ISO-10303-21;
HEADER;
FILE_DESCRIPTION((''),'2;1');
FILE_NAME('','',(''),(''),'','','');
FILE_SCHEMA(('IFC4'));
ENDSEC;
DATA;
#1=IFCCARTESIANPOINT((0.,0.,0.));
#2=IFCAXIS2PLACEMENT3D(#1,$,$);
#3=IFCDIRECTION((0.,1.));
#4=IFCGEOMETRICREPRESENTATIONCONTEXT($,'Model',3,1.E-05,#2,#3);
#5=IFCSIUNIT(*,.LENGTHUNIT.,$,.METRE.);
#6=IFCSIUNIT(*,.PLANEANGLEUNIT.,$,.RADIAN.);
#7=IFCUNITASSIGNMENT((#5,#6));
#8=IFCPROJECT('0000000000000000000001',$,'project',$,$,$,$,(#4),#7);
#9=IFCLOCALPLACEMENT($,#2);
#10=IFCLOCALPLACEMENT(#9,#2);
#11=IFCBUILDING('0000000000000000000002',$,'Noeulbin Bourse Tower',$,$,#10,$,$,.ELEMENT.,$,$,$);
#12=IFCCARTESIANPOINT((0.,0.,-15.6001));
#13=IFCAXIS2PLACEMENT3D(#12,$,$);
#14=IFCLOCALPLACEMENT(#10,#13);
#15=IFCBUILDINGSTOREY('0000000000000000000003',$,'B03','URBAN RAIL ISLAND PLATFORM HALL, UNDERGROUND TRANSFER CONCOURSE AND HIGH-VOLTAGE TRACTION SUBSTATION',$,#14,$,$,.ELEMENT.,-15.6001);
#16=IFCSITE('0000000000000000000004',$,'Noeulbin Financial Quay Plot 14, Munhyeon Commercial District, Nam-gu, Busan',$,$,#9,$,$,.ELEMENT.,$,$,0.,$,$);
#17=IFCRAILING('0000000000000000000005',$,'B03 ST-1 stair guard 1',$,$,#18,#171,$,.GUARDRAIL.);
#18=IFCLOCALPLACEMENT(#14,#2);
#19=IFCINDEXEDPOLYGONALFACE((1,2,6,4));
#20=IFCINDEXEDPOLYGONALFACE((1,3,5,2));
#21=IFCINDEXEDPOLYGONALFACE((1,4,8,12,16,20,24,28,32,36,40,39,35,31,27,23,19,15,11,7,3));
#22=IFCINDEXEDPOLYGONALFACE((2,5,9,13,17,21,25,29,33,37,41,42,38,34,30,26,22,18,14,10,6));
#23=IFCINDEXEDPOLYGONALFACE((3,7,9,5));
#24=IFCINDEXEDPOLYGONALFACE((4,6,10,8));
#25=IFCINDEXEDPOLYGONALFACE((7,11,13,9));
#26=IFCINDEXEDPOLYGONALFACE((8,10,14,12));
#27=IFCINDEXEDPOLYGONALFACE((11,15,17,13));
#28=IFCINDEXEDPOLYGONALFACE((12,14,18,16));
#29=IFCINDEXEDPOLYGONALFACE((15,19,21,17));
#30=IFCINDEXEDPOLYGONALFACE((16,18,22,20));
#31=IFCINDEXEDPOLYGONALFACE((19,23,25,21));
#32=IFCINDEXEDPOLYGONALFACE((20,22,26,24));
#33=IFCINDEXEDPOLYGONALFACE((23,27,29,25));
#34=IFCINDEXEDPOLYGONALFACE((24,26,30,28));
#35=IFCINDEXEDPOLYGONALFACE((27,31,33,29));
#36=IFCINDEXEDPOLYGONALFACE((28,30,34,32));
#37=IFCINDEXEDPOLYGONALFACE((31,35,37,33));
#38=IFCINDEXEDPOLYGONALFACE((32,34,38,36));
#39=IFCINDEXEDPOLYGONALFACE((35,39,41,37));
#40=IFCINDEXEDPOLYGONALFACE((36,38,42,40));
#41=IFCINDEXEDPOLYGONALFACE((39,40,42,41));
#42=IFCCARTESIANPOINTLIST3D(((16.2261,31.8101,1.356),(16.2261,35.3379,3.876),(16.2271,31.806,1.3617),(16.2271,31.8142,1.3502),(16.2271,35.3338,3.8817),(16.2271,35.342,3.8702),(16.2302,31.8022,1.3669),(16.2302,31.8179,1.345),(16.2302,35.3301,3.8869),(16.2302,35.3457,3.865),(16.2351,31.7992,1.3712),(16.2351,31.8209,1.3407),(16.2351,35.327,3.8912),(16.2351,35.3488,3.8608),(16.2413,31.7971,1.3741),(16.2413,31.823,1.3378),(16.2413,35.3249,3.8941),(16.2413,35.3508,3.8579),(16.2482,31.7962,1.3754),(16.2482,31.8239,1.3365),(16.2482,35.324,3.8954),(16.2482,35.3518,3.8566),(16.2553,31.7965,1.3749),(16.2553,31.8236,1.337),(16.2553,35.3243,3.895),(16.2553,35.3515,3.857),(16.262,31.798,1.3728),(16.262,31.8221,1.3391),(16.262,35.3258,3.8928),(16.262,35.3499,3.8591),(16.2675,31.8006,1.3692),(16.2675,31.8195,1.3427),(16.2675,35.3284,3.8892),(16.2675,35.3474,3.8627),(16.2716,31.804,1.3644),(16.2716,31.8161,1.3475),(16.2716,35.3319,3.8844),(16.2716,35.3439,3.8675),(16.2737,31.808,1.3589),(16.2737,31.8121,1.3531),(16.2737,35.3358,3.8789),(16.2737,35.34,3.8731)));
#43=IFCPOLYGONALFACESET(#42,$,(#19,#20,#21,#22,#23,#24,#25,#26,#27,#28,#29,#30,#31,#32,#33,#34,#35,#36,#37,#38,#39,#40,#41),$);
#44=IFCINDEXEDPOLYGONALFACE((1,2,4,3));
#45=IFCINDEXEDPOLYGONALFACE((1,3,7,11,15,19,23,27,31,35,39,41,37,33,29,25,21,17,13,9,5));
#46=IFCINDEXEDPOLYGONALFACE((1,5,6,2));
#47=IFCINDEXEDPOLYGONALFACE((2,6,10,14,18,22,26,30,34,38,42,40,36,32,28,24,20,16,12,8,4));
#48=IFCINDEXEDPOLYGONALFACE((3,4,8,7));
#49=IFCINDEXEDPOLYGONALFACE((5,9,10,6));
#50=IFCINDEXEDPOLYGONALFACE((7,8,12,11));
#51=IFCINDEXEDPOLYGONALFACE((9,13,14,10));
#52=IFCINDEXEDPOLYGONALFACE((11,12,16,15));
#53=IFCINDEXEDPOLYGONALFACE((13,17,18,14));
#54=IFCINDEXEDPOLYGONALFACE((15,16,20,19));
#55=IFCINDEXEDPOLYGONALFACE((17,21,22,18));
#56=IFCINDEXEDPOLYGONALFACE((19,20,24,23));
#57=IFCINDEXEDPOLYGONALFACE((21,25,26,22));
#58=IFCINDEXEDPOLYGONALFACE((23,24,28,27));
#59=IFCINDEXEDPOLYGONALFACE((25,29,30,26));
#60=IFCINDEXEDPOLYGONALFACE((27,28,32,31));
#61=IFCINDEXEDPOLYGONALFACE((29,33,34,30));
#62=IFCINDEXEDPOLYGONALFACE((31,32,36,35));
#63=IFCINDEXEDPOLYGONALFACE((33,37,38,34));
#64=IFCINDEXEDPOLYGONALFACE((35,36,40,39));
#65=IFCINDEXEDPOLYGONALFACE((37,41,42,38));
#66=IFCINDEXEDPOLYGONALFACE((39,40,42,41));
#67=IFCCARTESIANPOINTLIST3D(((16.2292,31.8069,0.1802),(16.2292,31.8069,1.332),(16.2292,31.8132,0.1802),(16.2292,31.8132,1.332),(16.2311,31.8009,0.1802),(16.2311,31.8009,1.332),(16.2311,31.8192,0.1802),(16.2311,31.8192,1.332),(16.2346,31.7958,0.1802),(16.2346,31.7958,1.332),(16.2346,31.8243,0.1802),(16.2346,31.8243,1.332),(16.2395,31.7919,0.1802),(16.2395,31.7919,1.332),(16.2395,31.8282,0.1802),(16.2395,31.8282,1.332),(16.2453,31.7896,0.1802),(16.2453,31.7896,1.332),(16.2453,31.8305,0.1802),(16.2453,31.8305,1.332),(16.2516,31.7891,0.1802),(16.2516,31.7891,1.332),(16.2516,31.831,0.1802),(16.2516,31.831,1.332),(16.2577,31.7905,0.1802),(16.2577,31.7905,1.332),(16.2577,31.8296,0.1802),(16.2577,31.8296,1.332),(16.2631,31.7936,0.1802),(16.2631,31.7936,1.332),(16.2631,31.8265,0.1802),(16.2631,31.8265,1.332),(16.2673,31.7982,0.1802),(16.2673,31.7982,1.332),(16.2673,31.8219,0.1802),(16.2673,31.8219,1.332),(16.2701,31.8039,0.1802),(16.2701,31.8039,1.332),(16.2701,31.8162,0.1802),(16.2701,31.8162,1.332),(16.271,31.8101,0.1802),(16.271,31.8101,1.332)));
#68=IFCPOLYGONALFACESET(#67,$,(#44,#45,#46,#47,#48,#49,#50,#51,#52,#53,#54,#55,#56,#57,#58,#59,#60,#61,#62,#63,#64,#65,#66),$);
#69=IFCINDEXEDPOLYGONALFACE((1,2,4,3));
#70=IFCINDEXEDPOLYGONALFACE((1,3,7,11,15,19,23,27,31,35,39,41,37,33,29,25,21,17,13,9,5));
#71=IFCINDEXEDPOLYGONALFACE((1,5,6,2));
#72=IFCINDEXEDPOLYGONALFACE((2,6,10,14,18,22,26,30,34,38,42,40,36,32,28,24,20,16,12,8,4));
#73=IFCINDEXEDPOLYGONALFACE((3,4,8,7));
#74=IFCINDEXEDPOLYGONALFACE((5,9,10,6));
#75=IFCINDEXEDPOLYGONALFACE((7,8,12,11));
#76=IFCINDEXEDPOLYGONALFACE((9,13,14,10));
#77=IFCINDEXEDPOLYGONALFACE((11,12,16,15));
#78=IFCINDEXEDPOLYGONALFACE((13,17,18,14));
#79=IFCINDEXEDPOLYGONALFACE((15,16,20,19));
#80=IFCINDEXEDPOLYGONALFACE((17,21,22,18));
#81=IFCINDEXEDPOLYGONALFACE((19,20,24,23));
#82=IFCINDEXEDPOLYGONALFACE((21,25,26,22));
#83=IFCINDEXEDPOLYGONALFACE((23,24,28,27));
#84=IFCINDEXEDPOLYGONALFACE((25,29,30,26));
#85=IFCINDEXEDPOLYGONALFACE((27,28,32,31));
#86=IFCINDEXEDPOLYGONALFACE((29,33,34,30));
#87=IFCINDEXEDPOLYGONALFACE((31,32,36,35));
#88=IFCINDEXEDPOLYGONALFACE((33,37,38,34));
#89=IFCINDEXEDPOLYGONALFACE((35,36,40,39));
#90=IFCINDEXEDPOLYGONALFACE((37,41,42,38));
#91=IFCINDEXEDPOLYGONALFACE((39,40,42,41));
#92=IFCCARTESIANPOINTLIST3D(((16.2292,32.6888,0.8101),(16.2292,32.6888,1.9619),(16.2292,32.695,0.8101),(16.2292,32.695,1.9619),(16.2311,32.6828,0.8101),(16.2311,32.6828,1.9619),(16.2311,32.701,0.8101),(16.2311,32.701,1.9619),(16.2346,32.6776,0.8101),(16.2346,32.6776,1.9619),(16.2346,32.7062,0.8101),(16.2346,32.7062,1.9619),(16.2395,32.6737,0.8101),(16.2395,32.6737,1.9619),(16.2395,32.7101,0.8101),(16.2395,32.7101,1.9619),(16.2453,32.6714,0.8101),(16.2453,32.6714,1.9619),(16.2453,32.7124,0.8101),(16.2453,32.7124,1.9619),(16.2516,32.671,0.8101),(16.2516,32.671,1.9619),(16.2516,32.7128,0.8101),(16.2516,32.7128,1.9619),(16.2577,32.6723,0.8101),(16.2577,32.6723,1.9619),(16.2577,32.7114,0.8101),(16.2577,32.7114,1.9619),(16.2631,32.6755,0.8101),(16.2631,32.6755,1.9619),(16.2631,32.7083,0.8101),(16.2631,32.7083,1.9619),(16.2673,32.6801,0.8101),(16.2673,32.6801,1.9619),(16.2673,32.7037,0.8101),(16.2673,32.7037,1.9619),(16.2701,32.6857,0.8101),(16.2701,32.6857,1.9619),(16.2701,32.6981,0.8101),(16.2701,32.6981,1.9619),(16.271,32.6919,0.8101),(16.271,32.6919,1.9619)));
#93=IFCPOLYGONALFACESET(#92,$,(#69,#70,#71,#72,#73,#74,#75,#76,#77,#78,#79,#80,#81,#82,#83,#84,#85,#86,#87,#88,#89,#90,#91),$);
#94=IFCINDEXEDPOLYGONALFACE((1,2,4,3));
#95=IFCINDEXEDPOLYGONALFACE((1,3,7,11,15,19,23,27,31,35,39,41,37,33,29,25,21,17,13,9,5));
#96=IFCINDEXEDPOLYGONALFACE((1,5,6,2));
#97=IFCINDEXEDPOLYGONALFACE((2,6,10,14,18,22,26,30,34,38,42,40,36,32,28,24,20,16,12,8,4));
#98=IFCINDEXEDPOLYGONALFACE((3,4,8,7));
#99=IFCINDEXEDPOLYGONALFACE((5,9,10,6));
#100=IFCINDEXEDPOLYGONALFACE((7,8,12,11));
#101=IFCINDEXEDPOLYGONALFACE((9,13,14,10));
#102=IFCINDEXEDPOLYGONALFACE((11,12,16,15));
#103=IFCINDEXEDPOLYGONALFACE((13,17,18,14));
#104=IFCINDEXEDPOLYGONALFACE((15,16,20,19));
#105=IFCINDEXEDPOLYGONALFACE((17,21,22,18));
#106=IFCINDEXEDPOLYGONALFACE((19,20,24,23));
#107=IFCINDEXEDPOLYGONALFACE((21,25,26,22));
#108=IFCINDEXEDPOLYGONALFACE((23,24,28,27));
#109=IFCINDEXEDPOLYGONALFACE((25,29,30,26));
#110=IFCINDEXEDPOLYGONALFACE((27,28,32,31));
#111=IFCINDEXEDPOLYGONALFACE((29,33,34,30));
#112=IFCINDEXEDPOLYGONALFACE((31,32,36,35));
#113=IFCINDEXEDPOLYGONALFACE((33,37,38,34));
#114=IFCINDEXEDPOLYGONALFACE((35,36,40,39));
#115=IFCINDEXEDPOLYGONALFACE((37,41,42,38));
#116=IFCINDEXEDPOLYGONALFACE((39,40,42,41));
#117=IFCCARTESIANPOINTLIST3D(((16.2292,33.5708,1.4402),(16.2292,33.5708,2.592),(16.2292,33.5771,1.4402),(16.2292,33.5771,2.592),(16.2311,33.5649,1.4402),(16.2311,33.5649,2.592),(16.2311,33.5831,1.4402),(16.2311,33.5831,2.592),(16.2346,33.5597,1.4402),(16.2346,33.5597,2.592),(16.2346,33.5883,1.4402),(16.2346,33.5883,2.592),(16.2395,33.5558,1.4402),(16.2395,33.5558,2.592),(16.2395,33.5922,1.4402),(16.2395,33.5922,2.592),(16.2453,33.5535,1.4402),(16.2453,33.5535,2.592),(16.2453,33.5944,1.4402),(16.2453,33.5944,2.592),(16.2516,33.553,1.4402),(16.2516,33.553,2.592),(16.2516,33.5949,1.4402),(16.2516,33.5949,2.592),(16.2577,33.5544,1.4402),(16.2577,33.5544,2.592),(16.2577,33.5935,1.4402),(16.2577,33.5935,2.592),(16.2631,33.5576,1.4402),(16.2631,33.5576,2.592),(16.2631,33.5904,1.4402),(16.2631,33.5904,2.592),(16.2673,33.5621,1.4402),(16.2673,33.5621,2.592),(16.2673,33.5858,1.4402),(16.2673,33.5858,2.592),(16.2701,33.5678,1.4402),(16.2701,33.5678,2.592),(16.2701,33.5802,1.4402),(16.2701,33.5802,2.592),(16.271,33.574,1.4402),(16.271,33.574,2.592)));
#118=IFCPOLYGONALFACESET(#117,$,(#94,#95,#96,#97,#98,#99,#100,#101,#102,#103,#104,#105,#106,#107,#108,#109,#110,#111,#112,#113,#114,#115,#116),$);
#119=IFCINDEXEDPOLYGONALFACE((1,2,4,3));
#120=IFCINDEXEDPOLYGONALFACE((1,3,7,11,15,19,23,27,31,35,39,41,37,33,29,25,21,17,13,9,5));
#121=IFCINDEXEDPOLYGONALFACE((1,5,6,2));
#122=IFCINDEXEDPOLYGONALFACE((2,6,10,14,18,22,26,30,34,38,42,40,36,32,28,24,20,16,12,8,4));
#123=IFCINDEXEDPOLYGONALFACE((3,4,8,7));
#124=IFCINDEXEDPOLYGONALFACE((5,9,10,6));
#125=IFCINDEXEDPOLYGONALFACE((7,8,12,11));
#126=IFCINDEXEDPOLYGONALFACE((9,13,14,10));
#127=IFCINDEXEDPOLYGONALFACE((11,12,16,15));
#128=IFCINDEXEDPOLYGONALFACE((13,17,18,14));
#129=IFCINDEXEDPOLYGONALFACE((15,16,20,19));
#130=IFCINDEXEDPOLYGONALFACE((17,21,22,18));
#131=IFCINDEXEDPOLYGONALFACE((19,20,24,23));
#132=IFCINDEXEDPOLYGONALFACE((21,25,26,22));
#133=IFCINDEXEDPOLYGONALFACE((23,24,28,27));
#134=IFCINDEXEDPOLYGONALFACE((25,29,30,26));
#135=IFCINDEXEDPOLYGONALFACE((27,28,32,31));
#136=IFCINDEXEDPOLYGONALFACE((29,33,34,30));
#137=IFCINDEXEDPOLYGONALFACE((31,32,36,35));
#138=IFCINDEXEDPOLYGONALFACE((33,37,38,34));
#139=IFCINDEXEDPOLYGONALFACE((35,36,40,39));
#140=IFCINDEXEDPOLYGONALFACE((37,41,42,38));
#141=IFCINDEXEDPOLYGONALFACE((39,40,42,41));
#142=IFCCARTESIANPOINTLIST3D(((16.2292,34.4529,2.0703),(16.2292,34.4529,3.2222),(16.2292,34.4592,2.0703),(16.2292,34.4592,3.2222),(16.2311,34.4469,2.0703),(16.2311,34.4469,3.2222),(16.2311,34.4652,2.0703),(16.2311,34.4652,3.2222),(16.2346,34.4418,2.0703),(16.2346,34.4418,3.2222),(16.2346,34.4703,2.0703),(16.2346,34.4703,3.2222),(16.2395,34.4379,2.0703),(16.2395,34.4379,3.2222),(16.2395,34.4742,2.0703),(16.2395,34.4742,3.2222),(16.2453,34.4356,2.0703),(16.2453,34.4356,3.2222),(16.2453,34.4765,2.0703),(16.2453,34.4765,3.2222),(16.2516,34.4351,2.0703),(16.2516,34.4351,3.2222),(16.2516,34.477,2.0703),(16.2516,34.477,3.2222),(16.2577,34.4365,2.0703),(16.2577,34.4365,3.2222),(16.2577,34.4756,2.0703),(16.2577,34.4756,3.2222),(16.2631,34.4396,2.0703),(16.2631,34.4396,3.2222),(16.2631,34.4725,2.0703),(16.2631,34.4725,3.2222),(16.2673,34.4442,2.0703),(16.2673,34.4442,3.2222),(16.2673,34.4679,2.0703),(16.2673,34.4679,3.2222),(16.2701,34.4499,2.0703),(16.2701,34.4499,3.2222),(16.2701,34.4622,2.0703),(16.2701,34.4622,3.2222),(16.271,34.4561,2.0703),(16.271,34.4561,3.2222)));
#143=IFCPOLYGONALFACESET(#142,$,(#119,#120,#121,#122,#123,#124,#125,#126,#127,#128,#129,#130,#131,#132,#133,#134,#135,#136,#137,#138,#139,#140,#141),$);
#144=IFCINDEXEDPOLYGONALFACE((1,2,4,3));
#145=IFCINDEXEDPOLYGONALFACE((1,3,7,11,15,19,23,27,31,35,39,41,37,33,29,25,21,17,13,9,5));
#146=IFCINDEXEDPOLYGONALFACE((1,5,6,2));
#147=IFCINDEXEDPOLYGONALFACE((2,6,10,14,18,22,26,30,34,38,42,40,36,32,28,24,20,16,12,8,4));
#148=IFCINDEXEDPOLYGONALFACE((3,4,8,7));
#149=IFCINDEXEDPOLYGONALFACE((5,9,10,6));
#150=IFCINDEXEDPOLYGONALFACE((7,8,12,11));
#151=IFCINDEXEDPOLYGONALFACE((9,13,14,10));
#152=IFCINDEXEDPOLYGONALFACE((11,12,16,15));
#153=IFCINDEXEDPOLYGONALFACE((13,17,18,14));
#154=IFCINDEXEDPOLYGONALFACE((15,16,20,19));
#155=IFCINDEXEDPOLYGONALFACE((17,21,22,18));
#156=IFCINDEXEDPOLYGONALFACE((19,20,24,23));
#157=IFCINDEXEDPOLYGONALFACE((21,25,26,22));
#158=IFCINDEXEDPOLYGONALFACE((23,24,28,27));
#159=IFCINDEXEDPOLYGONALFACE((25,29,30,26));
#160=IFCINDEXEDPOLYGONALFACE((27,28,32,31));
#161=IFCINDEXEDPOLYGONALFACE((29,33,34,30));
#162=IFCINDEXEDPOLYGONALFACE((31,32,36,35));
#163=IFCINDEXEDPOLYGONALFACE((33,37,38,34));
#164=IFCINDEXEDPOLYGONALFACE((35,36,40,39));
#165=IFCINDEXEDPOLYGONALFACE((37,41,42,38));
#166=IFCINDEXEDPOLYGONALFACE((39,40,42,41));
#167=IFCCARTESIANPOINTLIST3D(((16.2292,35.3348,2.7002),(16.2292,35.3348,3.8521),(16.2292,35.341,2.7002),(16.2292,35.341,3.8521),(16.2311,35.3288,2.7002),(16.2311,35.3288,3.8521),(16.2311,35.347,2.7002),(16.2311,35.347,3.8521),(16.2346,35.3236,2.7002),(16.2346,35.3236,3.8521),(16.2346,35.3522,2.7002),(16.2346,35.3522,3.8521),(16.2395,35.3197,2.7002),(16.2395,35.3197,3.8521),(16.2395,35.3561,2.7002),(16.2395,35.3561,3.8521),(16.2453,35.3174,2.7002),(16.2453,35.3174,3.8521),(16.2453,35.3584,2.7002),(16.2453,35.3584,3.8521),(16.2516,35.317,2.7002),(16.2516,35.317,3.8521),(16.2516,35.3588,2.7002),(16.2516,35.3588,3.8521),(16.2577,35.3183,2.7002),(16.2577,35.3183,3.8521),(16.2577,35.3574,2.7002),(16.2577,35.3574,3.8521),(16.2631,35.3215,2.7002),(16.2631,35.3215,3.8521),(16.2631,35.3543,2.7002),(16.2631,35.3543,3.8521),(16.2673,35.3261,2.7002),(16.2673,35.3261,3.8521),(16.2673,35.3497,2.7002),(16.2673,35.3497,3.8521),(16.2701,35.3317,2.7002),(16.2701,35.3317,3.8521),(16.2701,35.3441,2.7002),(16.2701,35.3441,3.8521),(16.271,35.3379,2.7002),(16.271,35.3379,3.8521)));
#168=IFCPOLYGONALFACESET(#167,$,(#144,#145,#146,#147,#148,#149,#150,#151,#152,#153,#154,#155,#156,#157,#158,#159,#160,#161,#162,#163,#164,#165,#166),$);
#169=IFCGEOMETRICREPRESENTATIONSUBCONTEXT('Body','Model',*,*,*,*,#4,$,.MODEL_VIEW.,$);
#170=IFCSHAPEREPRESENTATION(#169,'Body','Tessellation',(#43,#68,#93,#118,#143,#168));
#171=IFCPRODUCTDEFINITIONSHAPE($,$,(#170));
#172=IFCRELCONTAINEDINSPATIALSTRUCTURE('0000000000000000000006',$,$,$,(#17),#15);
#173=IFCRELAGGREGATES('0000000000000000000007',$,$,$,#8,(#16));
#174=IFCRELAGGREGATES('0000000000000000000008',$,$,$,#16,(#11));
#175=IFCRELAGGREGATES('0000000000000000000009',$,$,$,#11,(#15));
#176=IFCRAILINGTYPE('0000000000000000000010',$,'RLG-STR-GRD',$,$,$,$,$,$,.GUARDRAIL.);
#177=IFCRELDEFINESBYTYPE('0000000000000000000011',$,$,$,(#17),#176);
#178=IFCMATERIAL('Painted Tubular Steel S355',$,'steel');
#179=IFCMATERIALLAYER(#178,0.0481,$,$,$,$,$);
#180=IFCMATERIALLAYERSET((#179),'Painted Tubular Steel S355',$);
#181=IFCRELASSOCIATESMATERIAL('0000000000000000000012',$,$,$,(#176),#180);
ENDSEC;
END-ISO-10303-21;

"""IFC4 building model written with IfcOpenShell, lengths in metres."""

from ifc_helpers import new_model, si_unit, direction, frame, origin, origin_2d, place, context, subcontext, project, spatial, circle, extrude, material, layer, layer_set, type_object, element, save


model = new_model("IFC4")

# Units and contexts
model_context = context("Model", 3, precision=1e-05, world=origin(), true_north=direction((0.0, 1.0)))
body_context = subcontext(model_context, "Body", "Model", "MODEL_VIEW")
ifc_project = project(units=[si_unit("LENGTHUNIT", "METRE"), si_unit("PLANEANGLEUNIT", "RADIAN")], contexts=[model_context])

# Site, building, storey
site_placement = place(None, origin())
site = spatial("IfcSite", under=ifc_project, at=site_placement, Name="Noeulbin Financial Quay Plot 14, Munhyeon Commercial District, Nam-gu, Busan", CompositionType="ELEMENT", RefElevation=0.0)
building_placement = place(site_placement, origin())
building = spatial("IfcBuilding", under=site, at=building_placement, Name="Noeulbin Bourse Tower", CompositionType="ELEMENT")
storey_placement = place(building_placement, frame((0.0, 0.0, -15.6001)))
storey = spatial("IfcBuildingStorey", under=building, at=storey_placement, Name="B03", Description="URBAN RAIL ISLAND PLATFORM HALL, UNDERGROUND TRANSFER CONCOURSE AND HIGH-VOLTAGE TRACTION SUBSTATION", CompositionType="ELEMENT", Elevation=-15.6001)

# Railing
ifc_material_1 = material(Name="Painted Tubular Steel S355", Category="steel")
ifc_layer_1 = layer(ifc_material_1, 0.0481)
ifc_layer_set_1 = layer_set([ifc_layer_1], Name="Painted Tubular Steel S355")
railing_type_1 = type_object("IfcRailingType", Name="RLG-STR-GRD", PredefinedType="GUARDRAIL", material=ifc_layer_set_1)
railing_1_placement = place(storey_placement, frame((16.25, 31.8101, 0.1802)))
element("IfcRailing", 1, at=railing_1_placement, inside=storey, type_object=railing_type_1, Name="B03 ST-1 stair guard 1", PredefinedType="GUARDRAIL", context=body_context, shape_type="SweptSolid", body=[
    extrude(circle(Radius=0.0239, at=origin_2d()), frame((0.0, 0.0, 1.1758), z_axis=(0.0, 0.813718, 0.58126), x_axis=(-1.0, 0.0, 0.0)), (0.0, 0.0, 1.0), 4.3354),
    extrude(circle(Radius=0.021, at=origin_2d()), origin(), (0.0, 0.0, 1.0), 1.1519),
    extrude(circle(Radius=0.021, at=origin_2d()), frame((0.0, 0.8818, 0.6299)), (0.0, 0.0, 1.0), 1.1519),
    extrude(circle(Radius=0.021, at=origin_2d()), frame((0.0, 1.7639, 1.26)), (0.0, 0.0, 1.0), 1.1519),
    extrude(circle(Radius=0.021, at=origin_2d()), frame((0.0, 2.646, 1.8901)), (0.0, 0.0, 1.0), 1.1519),
    extrude(circle(Radius=0.021, at=origin_2d()), frame((0.0, 3.5278, 2.52)), (0.0, 0.0, 1.0), 1.1519),
])

save(model, "model.ifc")
